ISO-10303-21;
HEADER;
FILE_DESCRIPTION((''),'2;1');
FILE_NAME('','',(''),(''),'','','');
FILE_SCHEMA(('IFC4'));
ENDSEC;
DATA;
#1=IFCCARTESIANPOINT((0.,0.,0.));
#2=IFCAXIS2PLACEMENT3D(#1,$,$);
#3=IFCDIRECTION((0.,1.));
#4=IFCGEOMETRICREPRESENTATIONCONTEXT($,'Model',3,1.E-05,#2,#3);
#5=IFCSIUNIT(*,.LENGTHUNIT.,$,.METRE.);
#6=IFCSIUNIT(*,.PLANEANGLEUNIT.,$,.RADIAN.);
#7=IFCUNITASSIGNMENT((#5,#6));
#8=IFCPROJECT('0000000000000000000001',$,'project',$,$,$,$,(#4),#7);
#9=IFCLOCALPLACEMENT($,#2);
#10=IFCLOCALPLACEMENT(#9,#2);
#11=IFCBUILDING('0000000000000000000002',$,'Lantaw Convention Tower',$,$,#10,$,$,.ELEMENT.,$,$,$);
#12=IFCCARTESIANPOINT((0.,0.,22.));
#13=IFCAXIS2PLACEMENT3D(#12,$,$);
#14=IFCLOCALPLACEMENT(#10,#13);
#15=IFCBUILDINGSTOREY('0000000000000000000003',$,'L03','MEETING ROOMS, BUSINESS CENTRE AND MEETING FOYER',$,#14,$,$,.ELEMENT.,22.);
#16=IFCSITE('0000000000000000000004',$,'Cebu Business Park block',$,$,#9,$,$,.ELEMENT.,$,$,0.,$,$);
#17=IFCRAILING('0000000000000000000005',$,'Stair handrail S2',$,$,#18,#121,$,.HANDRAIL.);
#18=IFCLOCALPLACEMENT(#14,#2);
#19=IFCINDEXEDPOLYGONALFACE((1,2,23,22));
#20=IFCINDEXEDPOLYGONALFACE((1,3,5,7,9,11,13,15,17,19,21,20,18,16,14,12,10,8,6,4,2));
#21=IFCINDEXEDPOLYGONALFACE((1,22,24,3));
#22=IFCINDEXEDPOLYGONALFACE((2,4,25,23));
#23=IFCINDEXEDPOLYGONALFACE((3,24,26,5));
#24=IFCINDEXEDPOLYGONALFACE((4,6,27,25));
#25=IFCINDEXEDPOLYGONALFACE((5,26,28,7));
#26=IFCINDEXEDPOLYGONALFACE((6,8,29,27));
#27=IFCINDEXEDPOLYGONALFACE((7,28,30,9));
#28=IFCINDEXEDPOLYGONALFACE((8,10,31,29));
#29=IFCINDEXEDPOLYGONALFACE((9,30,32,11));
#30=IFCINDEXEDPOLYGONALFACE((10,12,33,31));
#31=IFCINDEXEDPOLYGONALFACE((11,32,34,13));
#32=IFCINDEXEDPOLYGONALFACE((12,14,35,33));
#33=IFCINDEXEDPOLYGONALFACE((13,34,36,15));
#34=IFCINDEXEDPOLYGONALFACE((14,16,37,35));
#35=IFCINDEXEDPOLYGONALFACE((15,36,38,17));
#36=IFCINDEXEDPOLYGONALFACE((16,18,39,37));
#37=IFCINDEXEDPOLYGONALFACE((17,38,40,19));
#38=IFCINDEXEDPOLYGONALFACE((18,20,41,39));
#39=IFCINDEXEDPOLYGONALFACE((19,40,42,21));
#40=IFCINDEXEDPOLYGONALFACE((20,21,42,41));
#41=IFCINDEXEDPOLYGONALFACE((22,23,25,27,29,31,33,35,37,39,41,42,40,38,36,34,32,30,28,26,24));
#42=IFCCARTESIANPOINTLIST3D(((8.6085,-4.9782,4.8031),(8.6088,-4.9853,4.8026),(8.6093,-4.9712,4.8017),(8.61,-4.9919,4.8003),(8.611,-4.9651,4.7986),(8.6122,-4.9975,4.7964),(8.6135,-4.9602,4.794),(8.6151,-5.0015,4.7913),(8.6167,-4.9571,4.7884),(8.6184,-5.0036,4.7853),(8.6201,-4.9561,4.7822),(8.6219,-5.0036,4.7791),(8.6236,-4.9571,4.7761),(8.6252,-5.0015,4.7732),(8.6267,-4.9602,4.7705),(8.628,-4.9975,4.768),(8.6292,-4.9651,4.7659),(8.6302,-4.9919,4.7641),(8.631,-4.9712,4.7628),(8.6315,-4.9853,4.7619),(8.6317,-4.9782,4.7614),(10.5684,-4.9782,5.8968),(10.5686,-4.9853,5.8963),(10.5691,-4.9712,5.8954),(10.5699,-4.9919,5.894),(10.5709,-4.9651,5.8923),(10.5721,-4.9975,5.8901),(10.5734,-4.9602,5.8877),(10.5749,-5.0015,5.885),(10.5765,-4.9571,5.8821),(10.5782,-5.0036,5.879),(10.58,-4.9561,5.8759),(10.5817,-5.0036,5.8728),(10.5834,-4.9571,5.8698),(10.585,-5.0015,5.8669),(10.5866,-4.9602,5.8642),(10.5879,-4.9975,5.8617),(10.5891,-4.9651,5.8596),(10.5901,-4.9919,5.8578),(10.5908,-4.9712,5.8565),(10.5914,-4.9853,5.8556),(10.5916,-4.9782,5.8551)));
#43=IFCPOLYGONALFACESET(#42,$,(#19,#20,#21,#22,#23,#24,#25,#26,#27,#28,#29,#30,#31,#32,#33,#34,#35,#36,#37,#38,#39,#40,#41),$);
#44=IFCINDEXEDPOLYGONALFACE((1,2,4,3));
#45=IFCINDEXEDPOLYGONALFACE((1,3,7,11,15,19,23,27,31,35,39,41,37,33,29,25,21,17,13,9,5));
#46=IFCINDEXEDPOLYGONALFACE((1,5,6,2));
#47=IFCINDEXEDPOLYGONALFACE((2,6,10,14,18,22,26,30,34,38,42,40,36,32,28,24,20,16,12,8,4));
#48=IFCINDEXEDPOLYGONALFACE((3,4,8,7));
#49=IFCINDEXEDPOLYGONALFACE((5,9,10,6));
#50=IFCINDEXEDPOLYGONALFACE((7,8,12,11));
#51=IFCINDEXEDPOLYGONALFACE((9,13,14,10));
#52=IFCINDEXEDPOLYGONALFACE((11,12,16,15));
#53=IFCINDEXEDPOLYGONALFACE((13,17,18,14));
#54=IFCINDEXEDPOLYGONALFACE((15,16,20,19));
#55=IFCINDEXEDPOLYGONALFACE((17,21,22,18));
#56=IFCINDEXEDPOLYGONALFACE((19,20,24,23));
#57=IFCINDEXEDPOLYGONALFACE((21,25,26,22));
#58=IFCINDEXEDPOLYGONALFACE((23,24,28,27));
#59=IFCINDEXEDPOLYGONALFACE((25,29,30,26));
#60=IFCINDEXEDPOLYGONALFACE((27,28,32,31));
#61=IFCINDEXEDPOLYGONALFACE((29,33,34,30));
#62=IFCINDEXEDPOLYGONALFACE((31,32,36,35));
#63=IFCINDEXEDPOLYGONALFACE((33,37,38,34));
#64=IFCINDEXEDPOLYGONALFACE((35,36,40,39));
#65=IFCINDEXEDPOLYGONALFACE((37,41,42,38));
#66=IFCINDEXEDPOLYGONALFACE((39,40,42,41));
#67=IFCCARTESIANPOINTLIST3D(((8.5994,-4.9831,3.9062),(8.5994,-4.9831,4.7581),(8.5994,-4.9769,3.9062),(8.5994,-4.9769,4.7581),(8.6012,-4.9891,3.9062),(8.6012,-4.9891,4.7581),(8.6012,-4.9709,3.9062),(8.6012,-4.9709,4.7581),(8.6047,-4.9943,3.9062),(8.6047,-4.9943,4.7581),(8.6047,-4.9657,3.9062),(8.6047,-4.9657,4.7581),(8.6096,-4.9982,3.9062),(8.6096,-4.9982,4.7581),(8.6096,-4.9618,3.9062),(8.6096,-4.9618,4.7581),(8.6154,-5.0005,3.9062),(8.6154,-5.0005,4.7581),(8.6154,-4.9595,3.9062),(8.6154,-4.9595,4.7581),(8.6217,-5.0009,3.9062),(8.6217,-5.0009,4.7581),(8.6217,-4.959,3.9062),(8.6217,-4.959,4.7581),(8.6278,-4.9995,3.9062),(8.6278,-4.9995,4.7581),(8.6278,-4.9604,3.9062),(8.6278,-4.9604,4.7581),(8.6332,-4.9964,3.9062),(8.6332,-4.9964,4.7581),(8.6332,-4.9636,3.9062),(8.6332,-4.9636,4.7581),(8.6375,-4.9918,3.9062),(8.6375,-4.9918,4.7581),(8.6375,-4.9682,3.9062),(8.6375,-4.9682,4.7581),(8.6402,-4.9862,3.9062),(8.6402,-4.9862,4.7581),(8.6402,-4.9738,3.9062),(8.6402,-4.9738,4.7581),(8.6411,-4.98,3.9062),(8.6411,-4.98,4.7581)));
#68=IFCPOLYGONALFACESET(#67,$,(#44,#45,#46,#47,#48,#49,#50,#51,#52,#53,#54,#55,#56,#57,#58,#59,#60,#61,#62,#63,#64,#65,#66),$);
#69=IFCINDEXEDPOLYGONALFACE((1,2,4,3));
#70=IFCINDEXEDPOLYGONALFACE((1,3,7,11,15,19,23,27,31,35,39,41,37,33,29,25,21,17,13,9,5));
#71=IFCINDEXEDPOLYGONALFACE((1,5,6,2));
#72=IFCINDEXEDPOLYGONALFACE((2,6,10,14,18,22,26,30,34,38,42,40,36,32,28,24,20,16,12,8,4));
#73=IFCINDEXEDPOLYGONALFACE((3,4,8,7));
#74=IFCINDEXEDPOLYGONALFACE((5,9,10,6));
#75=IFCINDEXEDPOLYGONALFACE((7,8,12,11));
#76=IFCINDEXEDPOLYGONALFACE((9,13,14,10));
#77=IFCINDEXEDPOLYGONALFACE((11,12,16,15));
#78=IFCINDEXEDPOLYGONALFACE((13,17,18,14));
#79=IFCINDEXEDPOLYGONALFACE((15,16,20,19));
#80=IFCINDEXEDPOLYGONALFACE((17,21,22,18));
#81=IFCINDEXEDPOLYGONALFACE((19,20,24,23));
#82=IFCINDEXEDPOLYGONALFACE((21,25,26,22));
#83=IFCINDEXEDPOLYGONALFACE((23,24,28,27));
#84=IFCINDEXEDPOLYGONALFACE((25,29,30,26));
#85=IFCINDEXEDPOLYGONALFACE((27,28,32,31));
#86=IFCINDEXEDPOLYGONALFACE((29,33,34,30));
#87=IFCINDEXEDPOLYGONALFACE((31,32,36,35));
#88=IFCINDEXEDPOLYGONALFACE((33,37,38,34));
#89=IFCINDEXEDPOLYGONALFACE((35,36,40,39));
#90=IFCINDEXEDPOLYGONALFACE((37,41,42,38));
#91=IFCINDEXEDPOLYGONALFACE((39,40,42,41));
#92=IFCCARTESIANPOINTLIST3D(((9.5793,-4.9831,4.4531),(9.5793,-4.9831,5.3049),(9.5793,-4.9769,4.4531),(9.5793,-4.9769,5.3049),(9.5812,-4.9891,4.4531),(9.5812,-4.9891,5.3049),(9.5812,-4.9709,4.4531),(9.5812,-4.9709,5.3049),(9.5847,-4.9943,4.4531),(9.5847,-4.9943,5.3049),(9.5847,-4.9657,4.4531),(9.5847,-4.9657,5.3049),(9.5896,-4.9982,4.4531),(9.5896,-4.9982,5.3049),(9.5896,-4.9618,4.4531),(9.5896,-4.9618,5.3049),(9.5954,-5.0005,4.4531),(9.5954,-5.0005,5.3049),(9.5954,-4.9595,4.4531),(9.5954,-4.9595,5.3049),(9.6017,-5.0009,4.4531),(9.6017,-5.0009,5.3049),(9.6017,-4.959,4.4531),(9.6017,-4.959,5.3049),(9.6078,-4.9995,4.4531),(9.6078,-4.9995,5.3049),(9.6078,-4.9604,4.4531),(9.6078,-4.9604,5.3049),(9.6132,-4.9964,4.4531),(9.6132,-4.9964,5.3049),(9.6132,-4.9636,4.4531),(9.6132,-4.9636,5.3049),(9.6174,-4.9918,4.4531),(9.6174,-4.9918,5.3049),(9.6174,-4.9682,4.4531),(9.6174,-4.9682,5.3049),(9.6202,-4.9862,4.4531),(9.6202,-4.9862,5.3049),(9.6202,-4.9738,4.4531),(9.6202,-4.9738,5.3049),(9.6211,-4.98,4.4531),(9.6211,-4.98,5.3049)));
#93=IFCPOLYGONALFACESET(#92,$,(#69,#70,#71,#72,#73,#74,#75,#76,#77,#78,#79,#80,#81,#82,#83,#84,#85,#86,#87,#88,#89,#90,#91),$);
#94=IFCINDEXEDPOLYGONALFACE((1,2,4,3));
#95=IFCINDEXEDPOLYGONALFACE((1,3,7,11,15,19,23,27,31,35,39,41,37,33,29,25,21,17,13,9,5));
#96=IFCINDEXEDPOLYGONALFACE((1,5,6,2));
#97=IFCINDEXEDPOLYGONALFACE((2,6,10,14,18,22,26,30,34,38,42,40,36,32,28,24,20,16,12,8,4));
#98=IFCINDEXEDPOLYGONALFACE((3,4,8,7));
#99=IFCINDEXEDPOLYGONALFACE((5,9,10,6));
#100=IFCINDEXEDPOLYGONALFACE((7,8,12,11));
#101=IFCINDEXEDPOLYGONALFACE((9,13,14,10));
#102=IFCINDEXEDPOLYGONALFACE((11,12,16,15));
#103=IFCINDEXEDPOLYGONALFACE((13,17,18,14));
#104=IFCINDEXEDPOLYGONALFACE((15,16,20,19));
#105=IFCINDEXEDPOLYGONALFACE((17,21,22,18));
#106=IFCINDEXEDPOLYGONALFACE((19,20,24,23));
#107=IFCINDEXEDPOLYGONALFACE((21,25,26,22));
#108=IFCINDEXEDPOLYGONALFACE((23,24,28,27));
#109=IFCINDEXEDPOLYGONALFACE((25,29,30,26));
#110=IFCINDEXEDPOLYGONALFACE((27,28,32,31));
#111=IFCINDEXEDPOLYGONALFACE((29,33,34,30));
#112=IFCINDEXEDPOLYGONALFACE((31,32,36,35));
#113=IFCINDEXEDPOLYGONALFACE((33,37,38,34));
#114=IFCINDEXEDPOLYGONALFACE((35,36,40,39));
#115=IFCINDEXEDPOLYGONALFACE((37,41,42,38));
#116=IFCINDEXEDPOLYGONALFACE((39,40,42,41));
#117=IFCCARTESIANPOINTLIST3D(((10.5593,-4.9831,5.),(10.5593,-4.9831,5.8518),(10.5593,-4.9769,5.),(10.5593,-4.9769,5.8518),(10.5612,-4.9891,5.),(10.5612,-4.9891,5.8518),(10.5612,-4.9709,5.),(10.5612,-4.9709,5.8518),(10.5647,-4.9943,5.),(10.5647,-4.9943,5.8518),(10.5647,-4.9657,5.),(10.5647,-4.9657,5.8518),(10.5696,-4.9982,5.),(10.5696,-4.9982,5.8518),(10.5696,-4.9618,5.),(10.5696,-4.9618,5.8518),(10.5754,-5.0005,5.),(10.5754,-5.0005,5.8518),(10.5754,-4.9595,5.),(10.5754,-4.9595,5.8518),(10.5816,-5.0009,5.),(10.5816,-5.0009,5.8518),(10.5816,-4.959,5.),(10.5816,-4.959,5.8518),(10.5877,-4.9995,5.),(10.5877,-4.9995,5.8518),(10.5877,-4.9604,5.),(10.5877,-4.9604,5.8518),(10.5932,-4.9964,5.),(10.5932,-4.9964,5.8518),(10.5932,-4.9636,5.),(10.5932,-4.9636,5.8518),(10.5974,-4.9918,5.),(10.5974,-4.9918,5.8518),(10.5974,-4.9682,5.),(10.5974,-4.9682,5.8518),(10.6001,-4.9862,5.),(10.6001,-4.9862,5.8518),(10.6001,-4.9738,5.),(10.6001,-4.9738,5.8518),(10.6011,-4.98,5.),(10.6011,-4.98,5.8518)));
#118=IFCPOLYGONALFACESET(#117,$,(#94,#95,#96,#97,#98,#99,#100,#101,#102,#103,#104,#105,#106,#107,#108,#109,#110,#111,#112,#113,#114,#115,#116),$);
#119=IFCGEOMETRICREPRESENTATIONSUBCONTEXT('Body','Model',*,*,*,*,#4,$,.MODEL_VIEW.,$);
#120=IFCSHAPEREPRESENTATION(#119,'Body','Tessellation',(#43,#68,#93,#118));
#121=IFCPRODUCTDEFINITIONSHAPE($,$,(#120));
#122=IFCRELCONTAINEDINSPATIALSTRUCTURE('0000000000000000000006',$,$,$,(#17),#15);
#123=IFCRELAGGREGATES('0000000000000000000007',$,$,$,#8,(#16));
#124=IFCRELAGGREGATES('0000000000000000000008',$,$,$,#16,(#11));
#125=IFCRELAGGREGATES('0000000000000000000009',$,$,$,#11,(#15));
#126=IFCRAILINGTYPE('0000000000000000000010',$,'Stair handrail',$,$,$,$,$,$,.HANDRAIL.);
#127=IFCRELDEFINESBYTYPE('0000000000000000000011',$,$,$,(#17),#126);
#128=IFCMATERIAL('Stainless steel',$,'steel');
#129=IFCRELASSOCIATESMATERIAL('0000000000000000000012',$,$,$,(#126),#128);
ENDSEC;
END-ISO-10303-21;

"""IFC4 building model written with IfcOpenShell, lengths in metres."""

from ifc_helpers import new_model, si_unit, direction, frame, origin, origin_2d, place, context, subcontext, project, spatial, circle, extrude, material, type_object, element, save


model = new_model("IFC4")

# Units and contexts
model_context = context("Model", 3, precision=1e-05, world=origin(), true_north=direction((0.0, 1.0)))
body_context = subcontext(model_context, "Body", "Model", "MODEL_VIEW")
ifc_project = project(units=[si_unit("LENGTHUNIT", "METRE"), si_unit("PLANEANGLEUNIT", "RADIAN")], contexts=[model_context])

# Site, building, storey
site_placement = place(None, origin())
site = spatial("IfcSite", under=ifc_project, at=site_placement, Name="Cebu Business Park block", CompositionType="ELEMENT", RefElevation=0.0)
building_placement = place(site_placement, origin())
building = spatial("IfcBuilding", under=site, at=building_placement, Name="Lantaw Convention Tower", CompositionType="ELEMENT")
storey_placement = place(building_placement, frame((0.0, 0.0, 22.0)))
storey = spatial("IfcBuildingStorey", under=building, at=storey_placement, Name="L03", Description="MEETING ROOMS, BUSINESS CENTRE AND MEETING FOYER", CompositionType="ELEMENT", Elevation=22.0)

# Railing
ifc_material_1 = material(Name="Stainless steel", Category="steel")
railing_type = type_object("IfcRailingType", Name="Stair handrail", PredefinedType="HANDRAIL", material=ifc_material_1)
railing_1_placement = place(storey_placement, frame((8.6201, -4.98, 3.9062)))
element("IfcRailing", 1, at=railing_1_placement, inside=storey, type_object=railing_type, Name="Stair handrail S2", PredefinedType="HANDRAIL", context=body_context, shape_type="SweptSolid", body=[
    extrude(circle(Radius=0.0239, at=origin_2d()), frame((0.0, 0.0, 0.876), z_axis=(0.873232, 0.0, 0.487304), x_axis=(0.0, 1.0, 0.0)), (0.0, 0.0, 1.0), 2.2444),
    extrude(circle(Radius=0.021, at=origin_2d()), origin(), (0.0, 0.0, 1.0), 0.8518),
    extrude(circle(Radius=0.021, at=origin_2d()), frame((0.98, 0.0, 0.5469)), (0.0, 0.0, 1.0), 0.8518),
    extrude(circle(Radius=0.021, at=origin_2d()), frame((1.96, 0.0, 1.0938)), (0.0, 0.0, 1.0), 0.8518),
])

save(model, "model.ifc")
